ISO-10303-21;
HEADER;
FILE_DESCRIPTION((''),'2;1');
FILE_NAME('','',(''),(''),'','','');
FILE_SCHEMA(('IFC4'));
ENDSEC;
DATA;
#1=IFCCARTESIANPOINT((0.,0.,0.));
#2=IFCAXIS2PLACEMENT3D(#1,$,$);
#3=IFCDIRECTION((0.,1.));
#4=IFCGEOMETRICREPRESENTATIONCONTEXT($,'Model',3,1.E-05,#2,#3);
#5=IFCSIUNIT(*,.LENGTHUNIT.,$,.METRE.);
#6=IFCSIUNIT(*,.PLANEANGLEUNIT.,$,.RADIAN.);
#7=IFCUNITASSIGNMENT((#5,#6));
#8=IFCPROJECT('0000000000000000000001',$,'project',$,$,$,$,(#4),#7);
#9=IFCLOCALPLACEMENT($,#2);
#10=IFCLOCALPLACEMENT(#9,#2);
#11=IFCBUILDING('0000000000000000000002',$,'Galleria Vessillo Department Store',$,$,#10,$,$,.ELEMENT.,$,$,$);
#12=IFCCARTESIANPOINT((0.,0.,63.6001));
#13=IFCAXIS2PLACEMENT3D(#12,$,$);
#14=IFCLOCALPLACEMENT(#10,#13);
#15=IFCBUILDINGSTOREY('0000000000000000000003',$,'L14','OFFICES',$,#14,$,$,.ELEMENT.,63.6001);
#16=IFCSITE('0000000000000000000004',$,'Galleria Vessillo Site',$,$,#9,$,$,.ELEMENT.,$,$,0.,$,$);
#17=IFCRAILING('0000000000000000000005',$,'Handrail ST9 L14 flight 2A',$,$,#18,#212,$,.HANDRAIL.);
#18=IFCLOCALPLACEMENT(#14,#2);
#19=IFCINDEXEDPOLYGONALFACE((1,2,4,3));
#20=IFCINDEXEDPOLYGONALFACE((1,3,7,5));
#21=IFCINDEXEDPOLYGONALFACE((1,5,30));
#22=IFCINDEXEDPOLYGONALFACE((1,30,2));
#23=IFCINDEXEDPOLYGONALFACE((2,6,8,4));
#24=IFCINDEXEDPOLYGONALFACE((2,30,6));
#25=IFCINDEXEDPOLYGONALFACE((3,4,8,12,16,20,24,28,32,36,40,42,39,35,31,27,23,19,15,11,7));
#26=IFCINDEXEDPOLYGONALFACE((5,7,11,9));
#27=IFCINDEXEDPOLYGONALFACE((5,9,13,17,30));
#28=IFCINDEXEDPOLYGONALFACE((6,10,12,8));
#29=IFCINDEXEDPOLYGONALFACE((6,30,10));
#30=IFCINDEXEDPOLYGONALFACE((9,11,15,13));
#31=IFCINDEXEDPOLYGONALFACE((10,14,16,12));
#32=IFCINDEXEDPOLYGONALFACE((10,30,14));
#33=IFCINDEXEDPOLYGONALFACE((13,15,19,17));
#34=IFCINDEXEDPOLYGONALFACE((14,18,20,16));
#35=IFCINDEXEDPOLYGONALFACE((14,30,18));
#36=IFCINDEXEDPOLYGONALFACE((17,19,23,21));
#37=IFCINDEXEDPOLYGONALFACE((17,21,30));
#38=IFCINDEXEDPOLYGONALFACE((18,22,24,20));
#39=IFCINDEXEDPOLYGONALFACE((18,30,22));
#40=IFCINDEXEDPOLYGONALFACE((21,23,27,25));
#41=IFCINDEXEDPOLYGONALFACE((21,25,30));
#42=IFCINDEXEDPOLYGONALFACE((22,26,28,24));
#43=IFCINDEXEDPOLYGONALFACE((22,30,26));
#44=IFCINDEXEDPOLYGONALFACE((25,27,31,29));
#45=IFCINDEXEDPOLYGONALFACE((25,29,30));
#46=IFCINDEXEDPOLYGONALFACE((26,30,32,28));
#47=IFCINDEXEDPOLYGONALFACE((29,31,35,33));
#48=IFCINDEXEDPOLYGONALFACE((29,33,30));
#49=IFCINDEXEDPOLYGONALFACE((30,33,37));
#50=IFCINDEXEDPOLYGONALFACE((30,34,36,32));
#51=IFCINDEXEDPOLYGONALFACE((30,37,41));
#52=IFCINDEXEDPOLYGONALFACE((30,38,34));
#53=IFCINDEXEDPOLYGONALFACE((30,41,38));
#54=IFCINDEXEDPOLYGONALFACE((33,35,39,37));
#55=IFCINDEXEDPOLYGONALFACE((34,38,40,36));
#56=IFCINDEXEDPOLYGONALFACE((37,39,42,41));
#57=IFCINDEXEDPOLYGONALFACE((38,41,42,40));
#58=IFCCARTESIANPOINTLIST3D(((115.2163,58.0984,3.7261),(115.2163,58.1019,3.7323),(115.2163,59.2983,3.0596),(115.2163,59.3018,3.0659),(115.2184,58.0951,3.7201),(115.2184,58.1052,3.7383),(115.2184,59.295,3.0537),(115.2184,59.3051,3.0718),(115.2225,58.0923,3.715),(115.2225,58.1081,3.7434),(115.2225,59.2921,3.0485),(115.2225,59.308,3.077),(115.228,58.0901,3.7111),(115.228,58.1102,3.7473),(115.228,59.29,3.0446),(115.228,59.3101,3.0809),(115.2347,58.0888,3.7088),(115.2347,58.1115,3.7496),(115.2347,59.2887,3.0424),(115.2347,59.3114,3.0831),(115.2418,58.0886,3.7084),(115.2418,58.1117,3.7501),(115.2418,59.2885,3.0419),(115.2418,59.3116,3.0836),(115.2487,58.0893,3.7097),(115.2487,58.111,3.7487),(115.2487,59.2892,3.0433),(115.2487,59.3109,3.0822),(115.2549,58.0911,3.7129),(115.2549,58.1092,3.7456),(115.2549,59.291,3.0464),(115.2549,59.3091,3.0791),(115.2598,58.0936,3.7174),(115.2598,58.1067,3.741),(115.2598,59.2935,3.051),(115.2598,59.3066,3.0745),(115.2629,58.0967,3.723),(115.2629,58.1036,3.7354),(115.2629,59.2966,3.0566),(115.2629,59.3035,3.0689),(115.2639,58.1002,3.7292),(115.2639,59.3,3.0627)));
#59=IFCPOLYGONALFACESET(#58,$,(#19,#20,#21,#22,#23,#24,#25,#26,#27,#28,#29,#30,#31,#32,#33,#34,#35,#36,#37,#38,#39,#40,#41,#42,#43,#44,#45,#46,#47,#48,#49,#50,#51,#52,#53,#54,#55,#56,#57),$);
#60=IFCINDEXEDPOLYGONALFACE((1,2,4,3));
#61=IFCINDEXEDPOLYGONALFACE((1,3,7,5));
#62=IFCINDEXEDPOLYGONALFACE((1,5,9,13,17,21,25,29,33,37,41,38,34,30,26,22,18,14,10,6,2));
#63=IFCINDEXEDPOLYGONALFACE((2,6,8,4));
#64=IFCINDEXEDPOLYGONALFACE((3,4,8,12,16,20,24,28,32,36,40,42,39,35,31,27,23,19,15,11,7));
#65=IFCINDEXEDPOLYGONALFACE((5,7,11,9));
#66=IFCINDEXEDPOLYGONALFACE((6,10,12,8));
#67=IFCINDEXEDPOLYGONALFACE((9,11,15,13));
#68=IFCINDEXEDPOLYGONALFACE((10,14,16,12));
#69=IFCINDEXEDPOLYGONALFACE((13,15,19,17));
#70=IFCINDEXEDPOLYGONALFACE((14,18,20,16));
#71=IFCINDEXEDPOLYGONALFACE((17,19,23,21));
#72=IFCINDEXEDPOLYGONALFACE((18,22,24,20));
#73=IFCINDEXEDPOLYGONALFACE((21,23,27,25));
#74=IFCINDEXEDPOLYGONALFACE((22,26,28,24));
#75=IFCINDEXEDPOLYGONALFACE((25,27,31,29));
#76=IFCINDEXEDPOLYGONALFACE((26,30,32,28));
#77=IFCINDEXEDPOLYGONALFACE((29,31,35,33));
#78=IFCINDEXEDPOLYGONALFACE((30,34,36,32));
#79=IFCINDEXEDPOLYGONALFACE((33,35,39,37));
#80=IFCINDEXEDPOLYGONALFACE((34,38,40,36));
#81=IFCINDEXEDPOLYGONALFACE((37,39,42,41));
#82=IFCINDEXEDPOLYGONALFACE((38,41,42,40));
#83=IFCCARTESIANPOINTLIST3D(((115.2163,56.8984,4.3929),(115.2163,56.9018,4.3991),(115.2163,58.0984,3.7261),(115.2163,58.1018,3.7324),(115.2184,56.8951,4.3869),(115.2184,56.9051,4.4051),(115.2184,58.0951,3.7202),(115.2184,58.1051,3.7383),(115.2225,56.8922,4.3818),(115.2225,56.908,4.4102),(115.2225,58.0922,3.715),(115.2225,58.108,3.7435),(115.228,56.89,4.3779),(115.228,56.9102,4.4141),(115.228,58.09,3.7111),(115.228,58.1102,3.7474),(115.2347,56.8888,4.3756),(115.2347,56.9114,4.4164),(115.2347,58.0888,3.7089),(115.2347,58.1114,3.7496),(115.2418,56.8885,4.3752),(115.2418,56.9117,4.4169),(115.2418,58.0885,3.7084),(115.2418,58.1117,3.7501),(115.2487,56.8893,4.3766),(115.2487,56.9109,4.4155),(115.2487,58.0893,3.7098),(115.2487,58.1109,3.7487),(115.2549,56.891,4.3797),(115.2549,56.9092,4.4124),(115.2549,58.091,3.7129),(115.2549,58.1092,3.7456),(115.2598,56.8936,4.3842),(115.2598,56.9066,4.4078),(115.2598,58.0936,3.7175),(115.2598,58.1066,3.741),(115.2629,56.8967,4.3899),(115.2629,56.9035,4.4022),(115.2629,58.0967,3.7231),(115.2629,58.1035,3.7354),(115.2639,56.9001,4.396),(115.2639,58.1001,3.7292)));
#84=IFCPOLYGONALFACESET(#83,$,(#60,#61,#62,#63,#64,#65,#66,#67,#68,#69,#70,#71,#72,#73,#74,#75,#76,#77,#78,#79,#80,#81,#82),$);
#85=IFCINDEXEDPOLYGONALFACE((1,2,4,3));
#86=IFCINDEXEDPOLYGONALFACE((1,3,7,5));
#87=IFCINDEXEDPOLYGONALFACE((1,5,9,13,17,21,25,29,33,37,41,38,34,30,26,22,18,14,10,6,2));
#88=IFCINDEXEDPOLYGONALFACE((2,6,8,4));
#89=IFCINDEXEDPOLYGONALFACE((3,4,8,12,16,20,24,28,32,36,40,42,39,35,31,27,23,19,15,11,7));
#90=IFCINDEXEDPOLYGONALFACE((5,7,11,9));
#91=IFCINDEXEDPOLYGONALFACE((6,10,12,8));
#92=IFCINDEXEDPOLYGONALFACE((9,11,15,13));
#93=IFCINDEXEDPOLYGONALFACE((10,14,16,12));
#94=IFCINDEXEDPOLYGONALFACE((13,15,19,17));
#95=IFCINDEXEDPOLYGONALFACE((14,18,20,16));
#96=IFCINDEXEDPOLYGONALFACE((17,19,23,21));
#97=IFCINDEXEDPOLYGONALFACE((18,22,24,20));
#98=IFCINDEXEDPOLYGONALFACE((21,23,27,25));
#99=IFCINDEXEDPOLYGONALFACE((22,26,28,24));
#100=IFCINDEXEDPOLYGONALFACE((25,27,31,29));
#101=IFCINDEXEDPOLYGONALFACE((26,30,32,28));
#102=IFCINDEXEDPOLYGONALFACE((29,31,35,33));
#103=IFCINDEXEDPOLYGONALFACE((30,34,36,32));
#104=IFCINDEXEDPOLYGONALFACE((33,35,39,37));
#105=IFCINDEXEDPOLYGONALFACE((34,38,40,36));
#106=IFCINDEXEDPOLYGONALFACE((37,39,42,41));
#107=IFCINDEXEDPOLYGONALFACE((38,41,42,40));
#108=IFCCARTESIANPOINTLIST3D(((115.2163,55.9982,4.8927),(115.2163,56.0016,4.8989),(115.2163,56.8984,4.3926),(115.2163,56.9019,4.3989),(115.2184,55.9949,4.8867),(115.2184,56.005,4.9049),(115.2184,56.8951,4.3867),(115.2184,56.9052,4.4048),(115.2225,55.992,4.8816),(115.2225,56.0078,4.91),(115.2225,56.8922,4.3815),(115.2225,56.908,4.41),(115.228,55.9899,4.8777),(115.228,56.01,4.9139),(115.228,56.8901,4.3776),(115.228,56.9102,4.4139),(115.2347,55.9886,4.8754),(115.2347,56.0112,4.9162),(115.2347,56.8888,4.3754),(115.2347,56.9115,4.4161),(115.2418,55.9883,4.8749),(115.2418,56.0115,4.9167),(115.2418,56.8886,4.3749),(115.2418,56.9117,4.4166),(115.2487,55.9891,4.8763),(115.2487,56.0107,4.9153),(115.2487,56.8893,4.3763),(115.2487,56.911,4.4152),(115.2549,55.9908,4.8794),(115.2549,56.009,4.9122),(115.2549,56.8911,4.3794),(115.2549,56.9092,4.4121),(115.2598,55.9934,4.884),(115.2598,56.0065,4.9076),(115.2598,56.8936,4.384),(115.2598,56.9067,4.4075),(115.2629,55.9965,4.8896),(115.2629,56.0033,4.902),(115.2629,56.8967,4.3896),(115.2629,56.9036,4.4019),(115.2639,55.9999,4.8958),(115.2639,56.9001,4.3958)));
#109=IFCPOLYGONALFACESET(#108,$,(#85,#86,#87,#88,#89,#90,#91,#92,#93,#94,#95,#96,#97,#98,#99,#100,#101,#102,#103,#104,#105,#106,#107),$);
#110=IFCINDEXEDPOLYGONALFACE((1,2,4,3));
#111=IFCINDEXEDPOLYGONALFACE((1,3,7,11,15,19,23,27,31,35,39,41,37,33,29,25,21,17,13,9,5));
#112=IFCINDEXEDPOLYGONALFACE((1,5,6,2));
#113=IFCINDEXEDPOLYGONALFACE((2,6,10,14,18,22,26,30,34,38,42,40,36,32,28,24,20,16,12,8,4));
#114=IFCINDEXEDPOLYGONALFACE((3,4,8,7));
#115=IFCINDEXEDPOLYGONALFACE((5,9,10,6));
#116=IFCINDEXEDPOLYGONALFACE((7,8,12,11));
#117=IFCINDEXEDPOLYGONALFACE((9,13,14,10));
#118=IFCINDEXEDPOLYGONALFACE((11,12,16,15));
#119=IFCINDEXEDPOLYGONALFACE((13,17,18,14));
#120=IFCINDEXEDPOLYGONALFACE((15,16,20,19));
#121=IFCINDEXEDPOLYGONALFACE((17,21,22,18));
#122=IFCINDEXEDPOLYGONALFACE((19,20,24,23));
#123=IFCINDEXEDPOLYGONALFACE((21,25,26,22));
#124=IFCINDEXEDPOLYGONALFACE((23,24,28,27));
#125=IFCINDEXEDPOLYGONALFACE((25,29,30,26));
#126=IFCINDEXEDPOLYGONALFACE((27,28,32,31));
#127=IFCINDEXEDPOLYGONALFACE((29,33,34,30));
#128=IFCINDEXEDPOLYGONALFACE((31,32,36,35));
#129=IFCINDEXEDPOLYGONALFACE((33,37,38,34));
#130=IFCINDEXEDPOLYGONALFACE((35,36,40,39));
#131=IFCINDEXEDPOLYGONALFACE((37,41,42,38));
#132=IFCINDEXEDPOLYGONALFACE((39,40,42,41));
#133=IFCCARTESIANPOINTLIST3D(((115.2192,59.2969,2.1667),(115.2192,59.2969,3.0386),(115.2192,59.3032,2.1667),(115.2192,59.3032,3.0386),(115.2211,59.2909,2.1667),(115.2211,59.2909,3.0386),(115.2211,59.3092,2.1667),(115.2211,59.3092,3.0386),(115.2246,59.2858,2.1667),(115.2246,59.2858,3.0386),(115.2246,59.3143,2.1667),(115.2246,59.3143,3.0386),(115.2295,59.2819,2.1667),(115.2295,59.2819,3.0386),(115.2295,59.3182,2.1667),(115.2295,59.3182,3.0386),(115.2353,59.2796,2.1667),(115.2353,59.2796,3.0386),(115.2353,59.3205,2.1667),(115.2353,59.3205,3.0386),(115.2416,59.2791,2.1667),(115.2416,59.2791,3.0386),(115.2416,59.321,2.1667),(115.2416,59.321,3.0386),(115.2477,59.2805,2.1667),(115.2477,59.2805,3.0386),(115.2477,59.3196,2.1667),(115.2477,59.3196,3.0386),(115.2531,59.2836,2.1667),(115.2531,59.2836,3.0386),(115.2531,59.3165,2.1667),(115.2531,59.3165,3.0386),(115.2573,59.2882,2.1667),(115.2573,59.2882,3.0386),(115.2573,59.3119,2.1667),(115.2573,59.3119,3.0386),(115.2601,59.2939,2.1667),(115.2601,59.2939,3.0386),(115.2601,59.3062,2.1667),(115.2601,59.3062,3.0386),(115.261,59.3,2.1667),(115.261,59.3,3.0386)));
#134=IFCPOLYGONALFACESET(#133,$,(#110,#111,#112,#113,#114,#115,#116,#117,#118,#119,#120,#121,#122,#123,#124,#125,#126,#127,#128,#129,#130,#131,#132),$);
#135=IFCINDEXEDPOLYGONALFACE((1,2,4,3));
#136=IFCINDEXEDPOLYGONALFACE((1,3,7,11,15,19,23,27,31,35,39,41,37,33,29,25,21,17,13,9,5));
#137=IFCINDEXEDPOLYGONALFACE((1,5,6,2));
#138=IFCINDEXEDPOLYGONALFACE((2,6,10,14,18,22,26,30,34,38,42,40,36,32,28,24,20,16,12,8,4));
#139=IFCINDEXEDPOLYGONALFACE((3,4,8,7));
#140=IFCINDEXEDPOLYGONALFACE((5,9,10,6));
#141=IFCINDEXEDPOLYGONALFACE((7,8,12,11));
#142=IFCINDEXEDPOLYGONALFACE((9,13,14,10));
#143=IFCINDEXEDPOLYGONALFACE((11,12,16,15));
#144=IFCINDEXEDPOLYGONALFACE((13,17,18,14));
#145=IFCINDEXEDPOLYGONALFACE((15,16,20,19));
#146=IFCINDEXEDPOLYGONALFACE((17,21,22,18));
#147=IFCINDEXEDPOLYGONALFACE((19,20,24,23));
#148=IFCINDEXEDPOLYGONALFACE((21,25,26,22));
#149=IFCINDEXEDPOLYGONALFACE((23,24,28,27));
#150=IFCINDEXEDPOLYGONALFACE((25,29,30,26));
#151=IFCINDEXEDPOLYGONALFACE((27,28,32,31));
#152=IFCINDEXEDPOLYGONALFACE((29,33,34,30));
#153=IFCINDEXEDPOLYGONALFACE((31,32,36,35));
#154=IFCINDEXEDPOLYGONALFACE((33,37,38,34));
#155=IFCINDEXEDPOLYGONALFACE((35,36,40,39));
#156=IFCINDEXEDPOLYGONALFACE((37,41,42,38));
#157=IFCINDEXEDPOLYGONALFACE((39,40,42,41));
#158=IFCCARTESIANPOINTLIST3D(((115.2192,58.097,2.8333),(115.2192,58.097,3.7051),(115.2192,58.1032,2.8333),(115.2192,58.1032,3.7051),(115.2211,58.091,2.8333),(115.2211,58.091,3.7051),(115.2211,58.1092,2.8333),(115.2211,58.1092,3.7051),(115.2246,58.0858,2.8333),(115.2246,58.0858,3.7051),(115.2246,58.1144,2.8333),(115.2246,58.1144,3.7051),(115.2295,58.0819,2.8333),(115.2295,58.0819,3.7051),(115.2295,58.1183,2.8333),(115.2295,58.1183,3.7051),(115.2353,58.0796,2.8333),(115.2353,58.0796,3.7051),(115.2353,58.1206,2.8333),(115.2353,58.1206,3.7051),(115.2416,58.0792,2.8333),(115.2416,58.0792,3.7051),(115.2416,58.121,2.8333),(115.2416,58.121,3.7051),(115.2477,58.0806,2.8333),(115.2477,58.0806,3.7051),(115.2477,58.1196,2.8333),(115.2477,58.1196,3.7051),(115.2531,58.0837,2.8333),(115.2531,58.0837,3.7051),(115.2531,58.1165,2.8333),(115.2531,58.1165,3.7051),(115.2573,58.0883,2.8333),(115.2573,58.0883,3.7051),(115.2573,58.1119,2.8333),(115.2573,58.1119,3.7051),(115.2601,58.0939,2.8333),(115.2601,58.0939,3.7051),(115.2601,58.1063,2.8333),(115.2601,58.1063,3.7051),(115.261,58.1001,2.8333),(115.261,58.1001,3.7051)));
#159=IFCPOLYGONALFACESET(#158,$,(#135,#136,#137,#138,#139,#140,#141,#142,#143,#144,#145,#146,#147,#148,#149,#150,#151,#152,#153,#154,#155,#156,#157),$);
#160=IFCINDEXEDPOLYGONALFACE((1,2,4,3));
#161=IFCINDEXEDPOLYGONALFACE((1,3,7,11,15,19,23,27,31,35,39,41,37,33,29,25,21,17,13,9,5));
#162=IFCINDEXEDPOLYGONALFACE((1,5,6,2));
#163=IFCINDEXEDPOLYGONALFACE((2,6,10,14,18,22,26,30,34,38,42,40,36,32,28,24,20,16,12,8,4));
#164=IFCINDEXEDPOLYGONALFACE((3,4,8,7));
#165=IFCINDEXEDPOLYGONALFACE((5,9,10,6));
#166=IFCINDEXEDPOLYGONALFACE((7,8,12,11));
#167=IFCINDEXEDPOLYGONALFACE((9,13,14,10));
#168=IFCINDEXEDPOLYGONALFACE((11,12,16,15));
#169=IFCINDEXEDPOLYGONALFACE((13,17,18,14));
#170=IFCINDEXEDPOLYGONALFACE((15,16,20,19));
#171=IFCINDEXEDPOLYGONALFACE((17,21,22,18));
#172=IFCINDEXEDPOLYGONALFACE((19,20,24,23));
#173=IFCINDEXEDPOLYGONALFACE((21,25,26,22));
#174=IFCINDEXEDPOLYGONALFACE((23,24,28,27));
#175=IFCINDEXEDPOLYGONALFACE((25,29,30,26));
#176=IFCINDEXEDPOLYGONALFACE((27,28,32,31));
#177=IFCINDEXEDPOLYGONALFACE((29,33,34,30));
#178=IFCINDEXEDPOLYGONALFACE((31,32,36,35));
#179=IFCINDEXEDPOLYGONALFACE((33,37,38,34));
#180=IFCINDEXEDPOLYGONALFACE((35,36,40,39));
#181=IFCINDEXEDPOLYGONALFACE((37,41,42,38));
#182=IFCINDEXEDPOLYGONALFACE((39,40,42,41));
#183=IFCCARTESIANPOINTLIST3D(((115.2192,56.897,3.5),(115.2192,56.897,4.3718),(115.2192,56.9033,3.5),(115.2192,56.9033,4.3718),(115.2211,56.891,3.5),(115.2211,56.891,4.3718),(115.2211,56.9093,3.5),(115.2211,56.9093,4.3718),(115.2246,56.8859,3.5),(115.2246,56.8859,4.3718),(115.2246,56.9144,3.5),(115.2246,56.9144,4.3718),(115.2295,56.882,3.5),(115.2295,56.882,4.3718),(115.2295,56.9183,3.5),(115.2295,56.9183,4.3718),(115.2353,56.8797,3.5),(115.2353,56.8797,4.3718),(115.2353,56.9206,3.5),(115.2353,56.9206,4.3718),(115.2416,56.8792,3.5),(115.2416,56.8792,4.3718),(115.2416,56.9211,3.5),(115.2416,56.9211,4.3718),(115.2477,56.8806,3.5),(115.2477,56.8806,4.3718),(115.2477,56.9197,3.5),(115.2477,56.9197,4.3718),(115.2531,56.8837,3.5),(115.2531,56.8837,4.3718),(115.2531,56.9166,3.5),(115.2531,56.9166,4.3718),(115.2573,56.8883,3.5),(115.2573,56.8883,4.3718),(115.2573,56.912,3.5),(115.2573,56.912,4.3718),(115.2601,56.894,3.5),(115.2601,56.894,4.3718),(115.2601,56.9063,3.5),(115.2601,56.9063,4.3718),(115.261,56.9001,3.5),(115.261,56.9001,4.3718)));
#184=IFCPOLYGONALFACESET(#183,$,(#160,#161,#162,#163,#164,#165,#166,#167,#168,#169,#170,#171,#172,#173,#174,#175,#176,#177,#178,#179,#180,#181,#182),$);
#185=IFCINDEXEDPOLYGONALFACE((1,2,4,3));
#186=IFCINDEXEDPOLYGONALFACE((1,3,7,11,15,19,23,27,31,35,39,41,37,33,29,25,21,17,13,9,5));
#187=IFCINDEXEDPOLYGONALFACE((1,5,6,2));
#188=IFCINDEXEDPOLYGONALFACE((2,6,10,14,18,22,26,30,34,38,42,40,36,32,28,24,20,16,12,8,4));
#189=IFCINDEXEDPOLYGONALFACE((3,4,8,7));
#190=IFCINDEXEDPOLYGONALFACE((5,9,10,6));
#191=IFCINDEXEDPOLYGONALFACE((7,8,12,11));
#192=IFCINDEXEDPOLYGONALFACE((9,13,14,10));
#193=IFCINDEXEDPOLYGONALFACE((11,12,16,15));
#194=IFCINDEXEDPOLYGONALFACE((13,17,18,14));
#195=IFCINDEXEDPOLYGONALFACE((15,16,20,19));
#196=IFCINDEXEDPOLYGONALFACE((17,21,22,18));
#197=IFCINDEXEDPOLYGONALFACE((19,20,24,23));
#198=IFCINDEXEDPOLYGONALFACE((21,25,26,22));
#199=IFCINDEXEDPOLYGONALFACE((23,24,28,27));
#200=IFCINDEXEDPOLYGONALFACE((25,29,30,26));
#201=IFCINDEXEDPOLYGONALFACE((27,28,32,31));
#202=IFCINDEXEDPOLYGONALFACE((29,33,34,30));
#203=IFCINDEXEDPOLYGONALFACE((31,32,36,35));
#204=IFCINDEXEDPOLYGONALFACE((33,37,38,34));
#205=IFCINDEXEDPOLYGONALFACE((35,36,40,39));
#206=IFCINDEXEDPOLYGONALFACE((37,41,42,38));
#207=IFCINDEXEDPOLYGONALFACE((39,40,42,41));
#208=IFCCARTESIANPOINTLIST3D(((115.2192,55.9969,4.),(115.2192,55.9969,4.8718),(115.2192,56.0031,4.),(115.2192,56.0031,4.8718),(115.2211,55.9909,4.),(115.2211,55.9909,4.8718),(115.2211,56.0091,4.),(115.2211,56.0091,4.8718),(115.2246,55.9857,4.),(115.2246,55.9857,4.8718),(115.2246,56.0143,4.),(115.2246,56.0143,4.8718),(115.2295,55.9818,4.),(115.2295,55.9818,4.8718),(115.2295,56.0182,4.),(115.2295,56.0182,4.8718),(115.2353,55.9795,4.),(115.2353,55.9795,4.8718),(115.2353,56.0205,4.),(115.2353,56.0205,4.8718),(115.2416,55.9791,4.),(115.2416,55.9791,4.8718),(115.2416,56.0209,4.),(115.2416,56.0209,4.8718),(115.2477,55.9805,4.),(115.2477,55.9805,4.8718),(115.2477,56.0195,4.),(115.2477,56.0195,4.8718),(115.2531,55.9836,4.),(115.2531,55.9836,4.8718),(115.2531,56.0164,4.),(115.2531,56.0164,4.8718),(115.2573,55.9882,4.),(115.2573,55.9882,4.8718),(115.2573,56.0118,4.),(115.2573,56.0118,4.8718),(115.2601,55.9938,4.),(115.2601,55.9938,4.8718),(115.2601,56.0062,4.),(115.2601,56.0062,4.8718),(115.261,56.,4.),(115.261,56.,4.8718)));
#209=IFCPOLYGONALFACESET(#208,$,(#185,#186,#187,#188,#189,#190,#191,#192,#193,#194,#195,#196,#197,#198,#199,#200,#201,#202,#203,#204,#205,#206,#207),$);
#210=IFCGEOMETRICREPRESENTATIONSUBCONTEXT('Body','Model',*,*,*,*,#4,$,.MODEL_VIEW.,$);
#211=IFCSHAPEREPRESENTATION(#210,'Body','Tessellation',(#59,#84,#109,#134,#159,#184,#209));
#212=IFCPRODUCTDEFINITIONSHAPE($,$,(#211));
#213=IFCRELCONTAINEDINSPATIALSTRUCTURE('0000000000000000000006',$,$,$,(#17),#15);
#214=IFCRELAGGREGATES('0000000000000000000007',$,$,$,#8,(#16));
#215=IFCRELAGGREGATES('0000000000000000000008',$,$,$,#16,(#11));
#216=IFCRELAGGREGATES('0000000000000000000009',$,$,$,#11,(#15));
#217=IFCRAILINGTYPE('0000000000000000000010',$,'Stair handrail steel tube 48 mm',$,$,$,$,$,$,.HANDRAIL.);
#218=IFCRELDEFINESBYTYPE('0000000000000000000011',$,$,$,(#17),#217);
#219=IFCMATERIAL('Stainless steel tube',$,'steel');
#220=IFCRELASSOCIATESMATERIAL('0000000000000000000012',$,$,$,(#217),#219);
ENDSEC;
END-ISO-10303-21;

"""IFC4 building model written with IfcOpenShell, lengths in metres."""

from ifc_helpers import new_model, si_unit, direction, frame, origin, origin_2d, place, context, subcontext, project, spatial, circle, extrude, material, type_object, element, save


model = new_model("IFC4")

# Units and contexts
model_context = context("Model", 3, precision=1e-05, world=origin(), true_north=direction((0.0, 1.0)))
body_context = subcontext(model_context, "Body", "Model", "MODEL_VIEW")
ifc_project = project(units=[si_unit("LENGTHUNIT", "METRE"), si_unit("PLANEANGLEUNIT", "RADIAN")], contexts=[model_context])

# Site, building, storey
site_placement = place(None, origin())
site = spatial("IfcSite", under=ifc_project, at=site_placement, Name="Galleria Vessillo Site", CompositionType="ELEMENT", RefElevation=0.0)
building_placement = place(site_placement, origin())
building = spatial("IfcBuilding", under=site, at=building_placement, Name="Galleria Vessillo Department Store", CompositionType="ELEMENT")
storey_placement = place(building_placement, frame((0.0, 0.0, 63.6001)))
storey = spatial("IfcBuildingStorey", under=building, at=storey_placement, Name="L14", Description="OFFICES", CompositionType="ELEMENT", Elevation=63.6001)

# Railing
ifc_material_1 = material(Name="Stainless steel tube", Category="steel")
railing_type = type_object("IfcRailingType", Name="Stair handrail steel tube 48 mm", PredefinedType="HANDRAIL", material=ifc_material_1)
for number, where, name in (
    (1, (115.24, 59.3, 2.1667), "Handrail ST9 L14 flight 2A"),
):
    element("IfcRailing", number, at=place(storey_placement, frame(where)), inside=storey, type_object=railing_type, Name=name, PredefinedType="HANDRAIL", context=body_context, shape_type="SweptSolid", body=[
        extrude(circle(Radius=0.0239, at=origin_2d()), frame((0.0, 0.0, 0.896), z_axis=(0.0, -0.874199, 0.485567), x_axis=(1.0, 0.0, 0.0)), (0.0, 0.0, 1.0), 1.3726),
        extrude(circle(Radius=0.0239, at=origin_2d()), frame((0.0, -1.2, 1.5625), z_axis=(0.0, -0.874124, 0.485703), x_axis=(1.0, 0.0, 0.0)), (0.0, 0.0, 1.0), 1.3728),
        extrude(circle(Radius=0.0239, at=origin_2d()), frame((0.0, -2.3999, 2.229), z_axis=(0.0, -0.874191, 0.485583), x_axis=(1.0, 0.0, 0.0)), (0.0, 0.0, 1.0), 1.0298),
        extrude(circle(Radius=0.021, at=origin_2d()), origin(), (0.0, 0.0, 1.0), 0.8718),
        extrude(circle(Radius=0.021, at=origin_2d()), frame((0.0, -1.2, 0.6665)), (0.0, 0.0, 1.0), 0.8718),
        extrude(circle(Radius=0.021, at=origin_2d()), frame((0.0, -2.3999, 1.3333)), (0.0, 0.0, 1.0), 0.8718),
        extrude(circle(Radius=0.021, at=origin_2d()), frame((0.0, -3.3, 1.8333)), (0.0, 0.0, 1.0), 0.8718),
    ])

save(model, "model.ifc")
